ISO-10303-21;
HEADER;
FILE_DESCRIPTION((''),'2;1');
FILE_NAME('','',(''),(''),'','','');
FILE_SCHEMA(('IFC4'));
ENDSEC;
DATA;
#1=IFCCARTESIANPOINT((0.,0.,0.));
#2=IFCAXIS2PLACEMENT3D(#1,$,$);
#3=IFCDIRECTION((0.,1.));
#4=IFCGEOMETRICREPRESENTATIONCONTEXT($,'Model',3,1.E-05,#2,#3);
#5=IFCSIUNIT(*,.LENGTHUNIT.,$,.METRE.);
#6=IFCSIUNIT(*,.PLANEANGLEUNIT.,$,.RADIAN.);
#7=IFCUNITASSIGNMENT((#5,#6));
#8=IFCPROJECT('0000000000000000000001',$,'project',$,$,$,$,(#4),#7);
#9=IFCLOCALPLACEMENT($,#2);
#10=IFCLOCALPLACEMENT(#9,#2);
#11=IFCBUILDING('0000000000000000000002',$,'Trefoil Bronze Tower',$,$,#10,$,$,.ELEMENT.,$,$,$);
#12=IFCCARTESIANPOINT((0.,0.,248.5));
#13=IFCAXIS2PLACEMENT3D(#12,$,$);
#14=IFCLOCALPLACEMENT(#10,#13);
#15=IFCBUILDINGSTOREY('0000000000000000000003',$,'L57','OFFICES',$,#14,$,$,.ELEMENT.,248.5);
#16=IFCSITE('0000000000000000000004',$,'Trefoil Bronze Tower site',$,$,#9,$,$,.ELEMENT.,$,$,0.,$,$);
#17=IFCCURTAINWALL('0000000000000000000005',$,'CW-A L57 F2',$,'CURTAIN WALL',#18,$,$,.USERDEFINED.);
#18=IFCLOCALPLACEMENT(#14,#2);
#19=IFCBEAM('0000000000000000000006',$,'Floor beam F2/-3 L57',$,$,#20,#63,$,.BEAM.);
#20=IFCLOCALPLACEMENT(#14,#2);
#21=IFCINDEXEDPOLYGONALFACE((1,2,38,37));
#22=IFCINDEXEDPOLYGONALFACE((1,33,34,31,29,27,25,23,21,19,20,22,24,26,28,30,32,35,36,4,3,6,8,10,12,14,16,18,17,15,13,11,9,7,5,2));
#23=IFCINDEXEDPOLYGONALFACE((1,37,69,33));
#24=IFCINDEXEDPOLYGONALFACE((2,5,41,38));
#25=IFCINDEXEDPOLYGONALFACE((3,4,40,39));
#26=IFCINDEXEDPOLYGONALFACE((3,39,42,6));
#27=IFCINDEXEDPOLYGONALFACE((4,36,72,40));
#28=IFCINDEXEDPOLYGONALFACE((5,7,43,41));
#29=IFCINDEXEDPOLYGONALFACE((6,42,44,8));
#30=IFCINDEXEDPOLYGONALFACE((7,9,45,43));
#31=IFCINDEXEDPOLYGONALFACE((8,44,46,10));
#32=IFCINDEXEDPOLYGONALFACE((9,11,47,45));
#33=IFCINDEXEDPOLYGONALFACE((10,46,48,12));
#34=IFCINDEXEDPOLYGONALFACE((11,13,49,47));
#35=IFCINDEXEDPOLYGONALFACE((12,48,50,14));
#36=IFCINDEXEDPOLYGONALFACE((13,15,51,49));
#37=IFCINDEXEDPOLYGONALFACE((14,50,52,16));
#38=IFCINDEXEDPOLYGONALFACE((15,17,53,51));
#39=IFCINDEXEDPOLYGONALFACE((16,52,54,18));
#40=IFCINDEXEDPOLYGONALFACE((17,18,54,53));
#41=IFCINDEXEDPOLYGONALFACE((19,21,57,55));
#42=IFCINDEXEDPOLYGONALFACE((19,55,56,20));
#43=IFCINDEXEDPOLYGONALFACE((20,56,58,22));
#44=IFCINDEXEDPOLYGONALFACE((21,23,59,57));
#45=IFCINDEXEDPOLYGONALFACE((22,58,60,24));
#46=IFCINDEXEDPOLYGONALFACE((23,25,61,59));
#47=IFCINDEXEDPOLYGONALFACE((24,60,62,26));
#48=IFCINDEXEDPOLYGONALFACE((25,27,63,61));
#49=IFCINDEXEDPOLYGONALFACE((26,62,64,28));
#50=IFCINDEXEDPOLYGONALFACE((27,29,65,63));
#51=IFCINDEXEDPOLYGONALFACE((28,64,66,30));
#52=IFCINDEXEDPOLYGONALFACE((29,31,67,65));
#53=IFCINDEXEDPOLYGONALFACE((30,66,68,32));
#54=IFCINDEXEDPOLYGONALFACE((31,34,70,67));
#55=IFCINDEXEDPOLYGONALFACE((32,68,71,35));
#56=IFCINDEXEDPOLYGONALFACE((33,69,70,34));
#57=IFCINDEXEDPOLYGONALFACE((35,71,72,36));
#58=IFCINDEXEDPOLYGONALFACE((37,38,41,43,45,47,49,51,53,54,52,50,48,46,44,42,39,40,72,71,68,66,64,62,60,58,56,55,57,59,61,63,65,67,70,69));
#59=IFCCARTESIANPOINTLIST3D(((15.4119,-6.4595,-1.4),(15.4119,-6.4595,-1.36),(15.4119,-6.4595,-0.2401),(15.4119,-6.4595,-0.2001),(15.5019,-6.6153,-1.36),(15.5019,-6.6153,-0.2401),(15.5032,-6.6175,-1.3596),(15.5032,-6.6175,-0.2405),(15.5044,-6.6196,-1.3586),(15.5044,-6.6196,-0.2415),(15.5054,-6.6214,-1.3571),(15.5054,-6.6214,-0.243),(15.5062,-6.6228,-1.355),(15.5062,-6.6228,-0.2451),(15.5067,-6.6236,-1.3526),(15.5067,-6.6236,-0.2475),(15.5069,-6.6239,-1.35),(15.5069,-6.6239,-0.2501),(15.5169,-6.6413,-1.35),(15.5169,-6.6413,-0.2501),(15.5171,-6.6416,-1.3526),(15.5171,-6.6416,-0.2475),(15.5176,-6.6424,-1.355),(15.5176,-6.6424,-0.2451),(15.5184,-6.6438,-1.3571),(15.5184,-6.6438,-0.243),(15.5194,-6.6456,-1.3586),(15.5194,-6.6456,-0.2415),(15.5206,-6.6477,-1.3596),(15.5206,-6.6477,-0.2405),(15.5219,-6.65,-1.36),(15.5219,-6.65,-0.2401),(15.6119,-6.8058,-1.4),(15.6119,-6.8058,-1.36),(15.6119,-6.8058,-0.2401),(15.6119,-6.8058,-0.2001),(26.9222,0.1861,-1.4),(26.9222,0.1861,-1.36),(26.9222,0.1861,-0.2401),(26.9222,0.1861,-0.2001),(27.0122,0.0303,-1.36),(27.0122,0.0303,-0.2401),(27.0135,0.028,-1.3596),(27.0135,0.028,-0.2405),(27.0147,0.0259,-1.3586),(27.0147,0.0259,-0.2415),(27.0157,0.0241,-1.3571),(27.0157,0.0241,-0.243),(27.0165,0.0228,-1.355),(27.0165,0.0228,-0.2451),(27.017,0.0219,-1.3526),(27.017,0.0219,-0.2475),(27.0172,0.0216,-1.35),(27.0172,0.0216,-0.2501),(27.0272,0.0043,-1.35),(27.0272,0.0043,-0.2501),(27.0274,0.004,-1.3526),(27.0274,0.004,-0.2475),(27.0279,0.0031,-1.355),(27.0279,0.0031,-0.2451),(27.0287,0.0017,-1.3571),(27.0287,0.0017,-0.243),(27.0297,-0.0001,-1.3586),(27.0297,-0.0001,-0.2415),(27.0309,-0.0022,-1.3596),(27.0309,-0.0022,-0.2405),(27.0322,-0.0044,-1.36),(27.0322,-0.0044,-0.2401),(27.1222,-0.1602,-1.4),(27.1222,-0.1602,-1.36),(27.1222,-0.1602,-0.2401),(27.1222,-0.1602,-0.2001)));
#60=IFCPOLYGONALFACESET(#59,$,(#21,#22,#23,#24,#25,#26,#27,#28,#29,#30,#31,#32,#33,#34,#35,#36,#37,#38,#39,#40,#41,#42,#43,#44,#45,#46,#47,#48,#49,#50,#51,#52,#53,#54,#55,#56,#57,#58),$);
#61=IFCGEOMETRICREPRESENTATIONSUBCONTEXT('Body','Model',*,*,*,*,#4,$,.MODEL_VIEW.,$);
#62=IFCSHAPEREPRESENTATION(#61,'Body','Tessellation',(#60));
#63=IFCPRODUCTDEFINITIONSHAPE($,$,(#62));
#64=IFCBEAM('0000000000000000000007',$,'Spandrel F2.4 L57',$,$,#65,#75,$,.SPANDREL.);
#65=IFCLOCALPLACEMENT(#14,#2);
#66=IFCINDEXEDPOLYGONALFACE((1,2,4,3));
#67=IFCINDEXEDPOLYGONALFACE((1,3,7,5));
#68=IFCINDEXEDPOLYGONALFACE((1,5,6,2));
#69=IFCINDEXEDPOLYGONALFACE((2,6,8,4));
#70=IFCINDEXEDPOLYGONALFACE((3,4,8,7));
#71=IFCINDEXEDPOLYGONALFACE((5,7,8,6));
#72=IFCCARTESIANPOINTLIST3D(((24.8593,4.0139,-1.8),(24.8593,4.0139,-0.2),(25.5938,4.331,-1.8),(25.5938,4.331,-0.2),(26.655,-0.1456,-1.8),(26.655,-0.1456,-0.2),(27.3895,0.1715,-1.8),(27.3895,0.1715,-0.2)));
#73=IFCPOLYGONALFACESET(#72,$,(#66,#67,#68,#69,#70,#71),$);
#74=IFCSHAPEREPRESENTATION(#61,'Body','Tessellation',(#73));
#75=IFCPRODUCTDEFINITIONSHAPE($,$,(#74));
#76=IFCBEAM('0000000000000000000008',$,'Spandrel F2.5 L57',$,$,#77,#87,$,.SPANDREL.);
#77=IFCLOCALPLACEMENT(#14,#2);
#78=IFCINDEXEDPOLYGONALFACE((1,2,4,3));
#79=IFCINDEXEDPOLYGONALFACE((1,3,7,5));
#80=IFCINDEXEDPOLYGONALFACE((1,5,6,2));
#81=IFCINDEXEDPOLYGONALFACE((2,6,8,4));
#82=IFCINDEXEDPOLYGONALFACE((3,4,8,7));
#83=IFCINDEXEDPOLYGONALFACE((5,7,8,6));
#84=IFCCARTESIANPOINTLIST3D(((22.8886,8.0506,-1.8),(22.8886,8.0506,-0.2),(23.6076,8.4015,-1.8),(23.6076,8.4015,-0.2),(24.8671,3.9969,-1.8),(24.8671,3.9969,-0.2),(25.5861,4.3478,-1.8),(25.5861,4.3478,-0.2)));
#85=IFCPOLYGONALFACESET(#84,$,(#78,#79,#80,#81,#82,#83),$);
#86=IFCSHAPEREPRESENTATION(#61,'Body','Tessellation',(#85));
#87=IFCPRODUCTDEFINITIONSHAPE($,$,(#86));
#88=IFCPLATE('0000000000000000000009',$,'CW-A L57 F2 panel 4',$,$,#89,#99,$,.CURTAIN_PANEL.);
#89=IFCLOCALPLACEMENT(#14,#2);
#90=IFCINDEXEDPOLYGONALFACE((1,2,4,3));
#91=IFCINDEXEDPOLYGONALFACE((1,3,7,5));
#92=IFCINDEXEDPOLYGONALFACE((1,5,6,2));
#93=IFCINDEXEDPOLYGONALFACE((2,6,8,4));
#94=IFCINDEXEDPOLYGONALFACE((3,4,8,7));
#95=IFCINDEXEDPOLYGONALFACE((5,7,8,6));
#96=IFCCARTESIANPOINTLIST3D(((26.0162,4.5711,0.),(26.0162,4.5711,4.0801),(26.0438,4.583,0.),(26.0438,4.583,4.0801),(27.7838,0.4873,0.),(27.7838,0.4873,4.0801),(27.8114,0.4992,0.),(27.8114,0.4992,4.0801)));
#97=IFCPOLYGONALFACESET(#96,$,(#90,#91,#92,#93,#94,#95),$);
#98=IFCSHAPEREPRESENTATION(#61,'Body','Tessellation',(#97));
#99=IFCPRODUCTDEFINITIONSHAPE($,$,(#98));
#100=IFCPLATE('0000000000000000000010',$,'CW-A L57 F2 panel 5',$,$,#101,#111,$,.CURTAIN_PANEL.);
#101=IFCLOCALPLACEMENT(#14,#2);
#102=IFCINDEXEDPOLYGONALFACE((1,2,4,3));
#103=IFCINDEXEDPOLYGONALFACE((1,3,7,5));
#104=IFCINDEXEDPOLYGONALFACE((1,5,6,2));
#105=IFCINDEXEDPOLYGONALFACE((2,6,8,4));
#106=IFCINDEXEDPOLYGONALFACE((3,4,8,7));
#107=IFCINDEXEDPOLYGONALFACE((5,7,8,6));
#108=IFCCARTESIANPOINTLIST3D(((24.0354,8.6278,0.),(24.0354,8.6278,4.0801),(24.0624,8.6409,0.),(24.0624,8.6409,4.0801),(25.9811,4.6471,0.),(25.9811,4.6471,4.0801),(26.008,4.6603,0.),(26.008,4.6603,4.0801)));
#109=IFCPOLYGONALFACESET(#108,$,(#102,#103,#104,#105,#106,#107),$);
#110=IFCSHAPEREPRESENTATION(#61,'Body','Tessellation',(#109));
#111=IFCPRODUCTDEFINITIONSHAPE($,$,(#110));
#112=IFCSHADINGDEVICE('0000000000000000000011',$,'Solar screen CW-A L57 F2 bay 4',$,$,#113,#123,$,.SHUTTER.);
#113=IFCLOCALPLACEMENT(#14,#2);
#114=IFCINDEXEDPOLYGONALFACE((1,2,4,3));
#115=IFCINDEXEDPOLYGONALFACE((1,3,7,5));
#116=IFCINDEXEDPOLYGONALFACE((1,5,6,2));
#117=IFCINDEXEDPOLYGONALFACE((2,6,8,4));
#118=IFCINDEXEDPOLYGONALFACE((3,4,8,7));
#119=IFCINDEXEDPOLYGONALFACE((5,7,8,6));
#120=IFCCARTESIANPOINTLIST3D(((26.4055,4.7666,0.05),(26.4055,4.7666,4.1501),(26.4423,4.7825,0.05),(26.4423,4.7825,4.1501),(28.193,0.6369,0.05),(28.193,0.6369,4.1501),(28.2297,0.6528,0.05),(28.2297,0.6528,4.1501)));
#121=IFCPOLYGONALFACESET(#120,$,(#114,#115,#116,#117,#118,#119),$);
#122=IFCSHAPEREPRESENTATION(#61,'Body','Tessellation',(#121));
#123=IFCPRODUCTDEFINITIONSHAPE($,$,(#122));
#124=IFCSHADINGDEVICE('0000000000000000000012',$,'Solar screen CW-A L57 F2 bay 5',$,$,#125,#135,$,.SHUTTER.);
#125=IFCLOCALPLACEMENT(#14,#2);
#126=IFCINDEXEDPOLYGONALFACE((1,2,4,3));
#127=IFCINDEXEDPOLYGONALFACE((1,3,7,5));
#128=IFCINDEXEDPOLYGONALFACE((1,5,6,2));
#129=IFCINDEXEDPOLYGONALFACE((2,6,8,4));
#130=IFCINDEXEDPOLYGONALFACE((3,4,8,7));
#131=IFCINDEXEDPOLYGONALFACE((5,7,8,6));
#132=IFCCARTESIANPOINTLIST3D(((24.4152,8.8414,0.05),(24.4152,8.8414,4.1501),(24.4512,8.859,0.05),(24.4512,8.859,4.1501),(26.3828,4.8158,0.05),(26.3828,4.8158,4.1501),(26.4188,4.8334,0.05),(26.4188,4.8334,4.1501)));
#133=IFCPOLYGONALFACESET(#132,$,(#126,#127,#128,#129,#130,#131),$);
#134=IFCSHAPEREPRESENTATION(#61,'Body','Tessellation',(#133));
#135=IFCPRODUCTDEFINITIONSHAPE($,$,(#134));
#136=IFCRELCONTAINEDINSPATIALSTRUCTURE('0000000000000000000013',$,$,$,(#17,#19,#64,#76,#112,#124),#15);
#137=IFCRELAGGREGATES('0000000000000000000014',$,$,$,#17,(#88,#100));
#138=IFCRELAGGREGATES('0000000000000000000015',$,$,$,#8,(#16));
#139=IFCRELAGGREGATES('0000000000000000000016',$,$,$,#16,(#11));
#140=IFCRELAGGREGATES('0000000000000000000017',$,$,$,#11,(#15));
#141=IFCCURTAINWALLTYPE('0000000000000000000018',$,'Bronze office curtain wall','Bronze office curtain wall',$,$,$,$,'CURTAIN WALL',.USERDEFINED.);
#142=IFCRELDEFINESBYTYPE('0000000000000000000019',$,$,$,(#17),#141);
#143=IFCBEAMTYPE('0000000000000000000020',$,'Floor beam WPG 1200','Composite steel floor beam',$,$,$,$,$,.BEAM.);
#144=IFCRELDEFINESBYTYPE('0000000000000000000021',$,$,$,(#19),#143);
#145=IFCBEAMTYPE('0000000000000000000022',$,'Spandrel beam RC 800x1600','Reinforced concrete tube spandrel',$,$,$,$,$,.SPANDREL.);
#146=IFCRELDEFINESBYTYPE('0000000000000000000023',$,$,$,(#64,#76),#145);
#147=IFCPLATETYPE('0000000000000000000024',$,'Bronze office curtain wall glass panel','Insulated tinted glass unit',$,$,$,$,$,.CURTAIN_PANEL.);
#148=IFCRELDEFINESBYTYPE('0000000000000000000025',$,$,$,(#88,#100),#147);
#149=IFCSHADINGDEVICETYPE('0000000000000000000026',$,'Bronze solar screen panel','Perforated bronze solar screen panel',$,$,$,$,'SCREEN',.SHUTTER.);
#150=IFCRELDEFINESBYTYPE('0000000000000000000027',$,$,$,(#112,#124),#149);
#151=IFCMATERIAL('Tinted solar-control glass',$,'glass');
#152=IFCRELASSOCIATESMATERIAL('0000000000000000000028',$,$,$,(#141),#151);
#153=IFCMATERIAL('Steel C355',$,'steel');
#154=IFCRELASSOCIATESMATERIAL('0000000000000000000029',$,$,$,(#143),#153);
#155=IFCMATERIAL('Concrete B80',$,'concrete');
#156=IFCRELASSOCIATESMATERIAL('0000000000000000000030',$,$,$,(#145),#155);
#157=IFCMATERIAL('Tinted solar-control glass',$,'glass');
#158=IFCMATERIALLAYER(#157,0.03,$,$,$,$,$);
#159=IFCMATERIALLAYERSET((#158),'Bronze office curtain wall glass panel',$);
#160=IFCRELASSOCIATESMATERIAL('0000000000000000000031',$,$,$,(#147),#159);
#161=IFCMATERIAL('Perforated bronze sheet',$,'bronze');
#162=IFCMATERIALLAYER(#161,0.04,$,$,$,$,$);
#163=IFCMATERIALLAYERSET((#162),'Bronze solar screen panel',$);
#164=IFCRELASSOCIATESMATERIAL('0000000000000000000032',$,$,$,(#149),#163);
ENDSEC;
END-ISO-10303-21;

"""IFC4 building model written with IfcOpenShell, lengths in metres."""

from ifc_helpers import new_model, si_unit, direction, frame, origin, origin_2d, place, context, subcontext, project, spatial, rectangle, i_section, extrude, material, layer, layer_set, material_profile, profile_set, type_object, element, aggregate, save


model = new_model("IFC4")

# Units and contexts
model_context = context("Model", 3, precision=1e-05, world=origin(), true_north=direction((0.0, 1.0)))
body_context = subcontext(model_context, "Body", "Model", "MODEL_VIEW")
ifc_project = project(units=[si_unit("LENGTHUNIT", "METRE"), si_unit("PLANEANGLEUNIT", "RADIAN")], contexts=[model_context])

# Site, building, storey
site_placement = place(None, origin())
site = spatial("IfcSite", under=ifc_project, at=site_placement, Name="Trefoil Bronze Tower site", CompositionType="ELEMENT", RefElevation=0.0)
building_placement = place(site_placement, origin())
building = spatial("IfcBuilding", under=site, at=building_placement, Name="Trefoil Bronze Tower", CompositionType="ELEMENT")
storey_placement = place(building_placement, frame((0.0, 0.0, 248.5)))
storey = spatial("IfcBuildingStorey", under=building, at=storey_placement, Name="L57", Description="OFFICES", CompositionType="ELEMENT", Elevation=248.5)

# Curtain wall
ifc_material_1 = material(Name="Tinted solar-control glass", Category="glass")
curtain_wall_type = type_object("IfcCurtainWallType", Name="Bronze office curtain wall", Description="Bronze office curtain wall", ElementType="CURTAIN WALL", PredefinedType="USERDEFINED", material=ifc_material_1)
curtain_wall_placement = place(storey_placement, origin())
curtain_wall = element("IfcCurtainWall", 1, at=curtain_wall_placement, inside=storey, type_object=curtain_wall_type, Name="CW-A L57 F2", ObjectType="CURTAIN WALL", PredefinedType="USERDEFINED")

# Beams
ifc_material_2 = material(Name="Steel C355", Category="steel")
ifc_material_profile_1 = material_profile(ifc_material_2, i_section(OverallWidth=0.3999, OverallDepth=1.2, WebThickness=0.02, FlangeThickness=0.04, FilletRadius=0.01, at=origin_2d()), Name="WPG 1200")
ifc_profile_set_1 = profile_set([ifc_material_profile_1], Name="Steel C355")
beam_type_1 = type_object("IfcBeamType", Name="Floor beam WPG 1200", Description="Composite steel floor beam", PredefinedType="BEAM", material=ifc_profile_set_1)
beam_1_placement = place(storey_placement, frame((27.0222, 0.0129, -0.8), z_axis=(-0.866023, -0.500003, 0.0), x_axis=(0.500003, -0.866023, 0.0)))
element("IfcBeam", 2, at=beam_1_placement, inside=storey, type_object=beam_type_1, Name="Floor beam F2/-3 L57", PredefinedType="BEAM", context=body_context, shape_type="SweptSolid", body=[
    extrude(i_section(OverallWidth=0.3999, OverallDepth=1.2, WebThickness=0.02, FlangeThickness=0.04, FilletRadius=0.01, at=origin_2d()), origin(), (0.0, 0.0, 1.0), 13.291),
])
ifc_material_3 = material(Name="Concrete B80", Category="concrete")
ifc_material_profile_2 = material_profile(ifc_material_3, rectangle(XDim=0.8, YDim=1.6001, at=origin_2d()), Name="RC 800x1600")
ifc_profile_set_2 = profile_set([ifc_material_profile_2], Name="Concrete B80")
beam_type_2 = type_object("IfcBeamType", Name="Spandrel beam RC 800x1600", Description="Reinforced concrete tube spandrel", PredefinedType="SPANDREL", material=ifc_profile_set_2)
beam_2_placement = place(storey_placement, frame((27.0222, 0.0129, -1.0), z_axis=(-0.39635, 0.918099, 0.0), x_axis=(-0.918099, -0.39635, 0.0)))
element("IfcBeam", 3, at=beam_2_placement, inside=storey, type_object=beam_type_2, Name="Spandrel F2.4 L57", PredefinedType="SPANDREL", context=body_context, shape_type="SweptSolid", body=[
    extrude(rectangle(XDim=0.8, YDim=1.6001, at=origin_2d()), origin(), (0.0, 0.0, 1.0), 4.5305),
])
beam_3_placement = place(storey_placement, frame((25.2266, 4.1724, -1.0), z_axis=(-0.43862, 0.898673, 0.0), x_axis=(-0.898673, -0.43862, 0.0)))
element("IfcBeam", 4, at=beam_3_placement, inside=storey, type_object=beam_type_2, Name="Spandrel F2.5 L57", PredefinedType="SPANDREL", context=body_context, shape_type="SweptSolid", body=[
    extrude(rectangle(XDim=0.8, YDim=1.6001, at=origin_2d()), origin(), (0.0, 0.0, 1.0), 4.5107),
])

# Plates
ifc_material_4 = material(Name="Tinted solar-control glass", Category="glass")
ifc_layer_1 = layer(ifc_material_4, 0.03)
ifc_layer_set_1 = layer_set([ifc_layer_1], Name="Bronze office curtain wall glass panel")
plate_type = type_object("IfcPlateType", Name="Bronze office curtain wall glass panel", Description="Insulated tinted glass unit", PredefinedType="CURTAIN_PANEL", material=ifc_layer_set_1)
plate_1_placement = place(storey_placement, frame((26.9138, 2.5352, 0.0), z_axis=(0.0, 0.0, 1.0), x_axis=(-0.39722, 0.917723, 0.0)))
plate_1 = element("IfcPlate", 5, at=plate_1_placement, type_object=plate_type, Name="CW-A L57 F2 panel 4", PredefinedType="CURTAIN_PANEL", context=body_context, shape_type="SweptSolid", body=[
    extrude(rectangle(XDim=4.45, YDim=0.03, at=origin_2d()), origin(), (0.0, 0.0, 1.0), 4.0801),
])
plate_2_placement = place(storey_placement, frame((25.0217, 6.644, 0.0), z_axis=(0.0, 0.0, 1.0), x_axis=(-0.439129, 0.898424, 0.0)))
plate_2 = element("IfcPlate", 6, at=plate_2_placement, type_object=plate_type, Name="CW-A L57 F2 panel 5", PredefinedType="CURTAIN_PANEL", context=body_context, shape_type="SweptSolid", body=[
    extrude(rectangle(XDim=4.4307, YDim=0.03, at=origin_2d()), origin(), (0.0, 0.0, 1.0), 4.0801),
])
aggregate(curtain_wall, [plate_1, plate_2])

# Shading devices
ifc_material_5 = material(Name="Perforated bronze sheet", Category="bronze")
ifc_layer_2 = layer(ifc_material_5, 0.04)
ifc_layer_set_2 = layer_set([ifc_layer_2], Name="Bronze solar screen panel")
shading_device_type = type_object("IfcShadingDeviceType", Name="Bronze solar screen panel", Description="Perforated bronze solar screen panel", ElementType="SCREEN", PredefinedType="SHUTTER", material=ifc_layer_set_2)
shading_device_1_placement = place(storey_placement, frame((27.3176, 2.7097, 0.05), z_axis=(0.0, 0.0, 1.0), x_axis=(-0.39722, 0.917723, 0.0)))
element("IfcShadingDevice", 7, at=shading_device_1_placement, inside=storey, type_object=shading_device_type, Name="Solar screen CW-A L57 F2 bay 4", PredefinedType="SHUTTER", context=body_context, shape_type="SweptSolid", body=[
    extrude(rectangle(XDim=4.5, YDim=0.04, at=origin_2d()), origin(), (0.0, 0.0, 1.0), 4.1001),
])
shading_device_2_placement = place(storey_placement, frame((25.417, 6.8374, 0.05), z_axis=(0.0, 0.0, 1.0), x_axis=(-0.439129, 0.898424, 0.0)))
element("IfcShadingDevice", 8, at=shading_device_2_placement, inside=storey, type_object=shading_device_type, Name="Solar screen CW-A L57 F2 bay 5", PredefinedType="SHUTTER", context=body_context, shape_type="SweptSolid", body=[
    extrude(rectangle(XDim=4.4807, YDim=0.04, at=origin_2d()), origin(), (0.0, 0.0, 1.0), 4.1001),
])

save(model, "model.ifc")
